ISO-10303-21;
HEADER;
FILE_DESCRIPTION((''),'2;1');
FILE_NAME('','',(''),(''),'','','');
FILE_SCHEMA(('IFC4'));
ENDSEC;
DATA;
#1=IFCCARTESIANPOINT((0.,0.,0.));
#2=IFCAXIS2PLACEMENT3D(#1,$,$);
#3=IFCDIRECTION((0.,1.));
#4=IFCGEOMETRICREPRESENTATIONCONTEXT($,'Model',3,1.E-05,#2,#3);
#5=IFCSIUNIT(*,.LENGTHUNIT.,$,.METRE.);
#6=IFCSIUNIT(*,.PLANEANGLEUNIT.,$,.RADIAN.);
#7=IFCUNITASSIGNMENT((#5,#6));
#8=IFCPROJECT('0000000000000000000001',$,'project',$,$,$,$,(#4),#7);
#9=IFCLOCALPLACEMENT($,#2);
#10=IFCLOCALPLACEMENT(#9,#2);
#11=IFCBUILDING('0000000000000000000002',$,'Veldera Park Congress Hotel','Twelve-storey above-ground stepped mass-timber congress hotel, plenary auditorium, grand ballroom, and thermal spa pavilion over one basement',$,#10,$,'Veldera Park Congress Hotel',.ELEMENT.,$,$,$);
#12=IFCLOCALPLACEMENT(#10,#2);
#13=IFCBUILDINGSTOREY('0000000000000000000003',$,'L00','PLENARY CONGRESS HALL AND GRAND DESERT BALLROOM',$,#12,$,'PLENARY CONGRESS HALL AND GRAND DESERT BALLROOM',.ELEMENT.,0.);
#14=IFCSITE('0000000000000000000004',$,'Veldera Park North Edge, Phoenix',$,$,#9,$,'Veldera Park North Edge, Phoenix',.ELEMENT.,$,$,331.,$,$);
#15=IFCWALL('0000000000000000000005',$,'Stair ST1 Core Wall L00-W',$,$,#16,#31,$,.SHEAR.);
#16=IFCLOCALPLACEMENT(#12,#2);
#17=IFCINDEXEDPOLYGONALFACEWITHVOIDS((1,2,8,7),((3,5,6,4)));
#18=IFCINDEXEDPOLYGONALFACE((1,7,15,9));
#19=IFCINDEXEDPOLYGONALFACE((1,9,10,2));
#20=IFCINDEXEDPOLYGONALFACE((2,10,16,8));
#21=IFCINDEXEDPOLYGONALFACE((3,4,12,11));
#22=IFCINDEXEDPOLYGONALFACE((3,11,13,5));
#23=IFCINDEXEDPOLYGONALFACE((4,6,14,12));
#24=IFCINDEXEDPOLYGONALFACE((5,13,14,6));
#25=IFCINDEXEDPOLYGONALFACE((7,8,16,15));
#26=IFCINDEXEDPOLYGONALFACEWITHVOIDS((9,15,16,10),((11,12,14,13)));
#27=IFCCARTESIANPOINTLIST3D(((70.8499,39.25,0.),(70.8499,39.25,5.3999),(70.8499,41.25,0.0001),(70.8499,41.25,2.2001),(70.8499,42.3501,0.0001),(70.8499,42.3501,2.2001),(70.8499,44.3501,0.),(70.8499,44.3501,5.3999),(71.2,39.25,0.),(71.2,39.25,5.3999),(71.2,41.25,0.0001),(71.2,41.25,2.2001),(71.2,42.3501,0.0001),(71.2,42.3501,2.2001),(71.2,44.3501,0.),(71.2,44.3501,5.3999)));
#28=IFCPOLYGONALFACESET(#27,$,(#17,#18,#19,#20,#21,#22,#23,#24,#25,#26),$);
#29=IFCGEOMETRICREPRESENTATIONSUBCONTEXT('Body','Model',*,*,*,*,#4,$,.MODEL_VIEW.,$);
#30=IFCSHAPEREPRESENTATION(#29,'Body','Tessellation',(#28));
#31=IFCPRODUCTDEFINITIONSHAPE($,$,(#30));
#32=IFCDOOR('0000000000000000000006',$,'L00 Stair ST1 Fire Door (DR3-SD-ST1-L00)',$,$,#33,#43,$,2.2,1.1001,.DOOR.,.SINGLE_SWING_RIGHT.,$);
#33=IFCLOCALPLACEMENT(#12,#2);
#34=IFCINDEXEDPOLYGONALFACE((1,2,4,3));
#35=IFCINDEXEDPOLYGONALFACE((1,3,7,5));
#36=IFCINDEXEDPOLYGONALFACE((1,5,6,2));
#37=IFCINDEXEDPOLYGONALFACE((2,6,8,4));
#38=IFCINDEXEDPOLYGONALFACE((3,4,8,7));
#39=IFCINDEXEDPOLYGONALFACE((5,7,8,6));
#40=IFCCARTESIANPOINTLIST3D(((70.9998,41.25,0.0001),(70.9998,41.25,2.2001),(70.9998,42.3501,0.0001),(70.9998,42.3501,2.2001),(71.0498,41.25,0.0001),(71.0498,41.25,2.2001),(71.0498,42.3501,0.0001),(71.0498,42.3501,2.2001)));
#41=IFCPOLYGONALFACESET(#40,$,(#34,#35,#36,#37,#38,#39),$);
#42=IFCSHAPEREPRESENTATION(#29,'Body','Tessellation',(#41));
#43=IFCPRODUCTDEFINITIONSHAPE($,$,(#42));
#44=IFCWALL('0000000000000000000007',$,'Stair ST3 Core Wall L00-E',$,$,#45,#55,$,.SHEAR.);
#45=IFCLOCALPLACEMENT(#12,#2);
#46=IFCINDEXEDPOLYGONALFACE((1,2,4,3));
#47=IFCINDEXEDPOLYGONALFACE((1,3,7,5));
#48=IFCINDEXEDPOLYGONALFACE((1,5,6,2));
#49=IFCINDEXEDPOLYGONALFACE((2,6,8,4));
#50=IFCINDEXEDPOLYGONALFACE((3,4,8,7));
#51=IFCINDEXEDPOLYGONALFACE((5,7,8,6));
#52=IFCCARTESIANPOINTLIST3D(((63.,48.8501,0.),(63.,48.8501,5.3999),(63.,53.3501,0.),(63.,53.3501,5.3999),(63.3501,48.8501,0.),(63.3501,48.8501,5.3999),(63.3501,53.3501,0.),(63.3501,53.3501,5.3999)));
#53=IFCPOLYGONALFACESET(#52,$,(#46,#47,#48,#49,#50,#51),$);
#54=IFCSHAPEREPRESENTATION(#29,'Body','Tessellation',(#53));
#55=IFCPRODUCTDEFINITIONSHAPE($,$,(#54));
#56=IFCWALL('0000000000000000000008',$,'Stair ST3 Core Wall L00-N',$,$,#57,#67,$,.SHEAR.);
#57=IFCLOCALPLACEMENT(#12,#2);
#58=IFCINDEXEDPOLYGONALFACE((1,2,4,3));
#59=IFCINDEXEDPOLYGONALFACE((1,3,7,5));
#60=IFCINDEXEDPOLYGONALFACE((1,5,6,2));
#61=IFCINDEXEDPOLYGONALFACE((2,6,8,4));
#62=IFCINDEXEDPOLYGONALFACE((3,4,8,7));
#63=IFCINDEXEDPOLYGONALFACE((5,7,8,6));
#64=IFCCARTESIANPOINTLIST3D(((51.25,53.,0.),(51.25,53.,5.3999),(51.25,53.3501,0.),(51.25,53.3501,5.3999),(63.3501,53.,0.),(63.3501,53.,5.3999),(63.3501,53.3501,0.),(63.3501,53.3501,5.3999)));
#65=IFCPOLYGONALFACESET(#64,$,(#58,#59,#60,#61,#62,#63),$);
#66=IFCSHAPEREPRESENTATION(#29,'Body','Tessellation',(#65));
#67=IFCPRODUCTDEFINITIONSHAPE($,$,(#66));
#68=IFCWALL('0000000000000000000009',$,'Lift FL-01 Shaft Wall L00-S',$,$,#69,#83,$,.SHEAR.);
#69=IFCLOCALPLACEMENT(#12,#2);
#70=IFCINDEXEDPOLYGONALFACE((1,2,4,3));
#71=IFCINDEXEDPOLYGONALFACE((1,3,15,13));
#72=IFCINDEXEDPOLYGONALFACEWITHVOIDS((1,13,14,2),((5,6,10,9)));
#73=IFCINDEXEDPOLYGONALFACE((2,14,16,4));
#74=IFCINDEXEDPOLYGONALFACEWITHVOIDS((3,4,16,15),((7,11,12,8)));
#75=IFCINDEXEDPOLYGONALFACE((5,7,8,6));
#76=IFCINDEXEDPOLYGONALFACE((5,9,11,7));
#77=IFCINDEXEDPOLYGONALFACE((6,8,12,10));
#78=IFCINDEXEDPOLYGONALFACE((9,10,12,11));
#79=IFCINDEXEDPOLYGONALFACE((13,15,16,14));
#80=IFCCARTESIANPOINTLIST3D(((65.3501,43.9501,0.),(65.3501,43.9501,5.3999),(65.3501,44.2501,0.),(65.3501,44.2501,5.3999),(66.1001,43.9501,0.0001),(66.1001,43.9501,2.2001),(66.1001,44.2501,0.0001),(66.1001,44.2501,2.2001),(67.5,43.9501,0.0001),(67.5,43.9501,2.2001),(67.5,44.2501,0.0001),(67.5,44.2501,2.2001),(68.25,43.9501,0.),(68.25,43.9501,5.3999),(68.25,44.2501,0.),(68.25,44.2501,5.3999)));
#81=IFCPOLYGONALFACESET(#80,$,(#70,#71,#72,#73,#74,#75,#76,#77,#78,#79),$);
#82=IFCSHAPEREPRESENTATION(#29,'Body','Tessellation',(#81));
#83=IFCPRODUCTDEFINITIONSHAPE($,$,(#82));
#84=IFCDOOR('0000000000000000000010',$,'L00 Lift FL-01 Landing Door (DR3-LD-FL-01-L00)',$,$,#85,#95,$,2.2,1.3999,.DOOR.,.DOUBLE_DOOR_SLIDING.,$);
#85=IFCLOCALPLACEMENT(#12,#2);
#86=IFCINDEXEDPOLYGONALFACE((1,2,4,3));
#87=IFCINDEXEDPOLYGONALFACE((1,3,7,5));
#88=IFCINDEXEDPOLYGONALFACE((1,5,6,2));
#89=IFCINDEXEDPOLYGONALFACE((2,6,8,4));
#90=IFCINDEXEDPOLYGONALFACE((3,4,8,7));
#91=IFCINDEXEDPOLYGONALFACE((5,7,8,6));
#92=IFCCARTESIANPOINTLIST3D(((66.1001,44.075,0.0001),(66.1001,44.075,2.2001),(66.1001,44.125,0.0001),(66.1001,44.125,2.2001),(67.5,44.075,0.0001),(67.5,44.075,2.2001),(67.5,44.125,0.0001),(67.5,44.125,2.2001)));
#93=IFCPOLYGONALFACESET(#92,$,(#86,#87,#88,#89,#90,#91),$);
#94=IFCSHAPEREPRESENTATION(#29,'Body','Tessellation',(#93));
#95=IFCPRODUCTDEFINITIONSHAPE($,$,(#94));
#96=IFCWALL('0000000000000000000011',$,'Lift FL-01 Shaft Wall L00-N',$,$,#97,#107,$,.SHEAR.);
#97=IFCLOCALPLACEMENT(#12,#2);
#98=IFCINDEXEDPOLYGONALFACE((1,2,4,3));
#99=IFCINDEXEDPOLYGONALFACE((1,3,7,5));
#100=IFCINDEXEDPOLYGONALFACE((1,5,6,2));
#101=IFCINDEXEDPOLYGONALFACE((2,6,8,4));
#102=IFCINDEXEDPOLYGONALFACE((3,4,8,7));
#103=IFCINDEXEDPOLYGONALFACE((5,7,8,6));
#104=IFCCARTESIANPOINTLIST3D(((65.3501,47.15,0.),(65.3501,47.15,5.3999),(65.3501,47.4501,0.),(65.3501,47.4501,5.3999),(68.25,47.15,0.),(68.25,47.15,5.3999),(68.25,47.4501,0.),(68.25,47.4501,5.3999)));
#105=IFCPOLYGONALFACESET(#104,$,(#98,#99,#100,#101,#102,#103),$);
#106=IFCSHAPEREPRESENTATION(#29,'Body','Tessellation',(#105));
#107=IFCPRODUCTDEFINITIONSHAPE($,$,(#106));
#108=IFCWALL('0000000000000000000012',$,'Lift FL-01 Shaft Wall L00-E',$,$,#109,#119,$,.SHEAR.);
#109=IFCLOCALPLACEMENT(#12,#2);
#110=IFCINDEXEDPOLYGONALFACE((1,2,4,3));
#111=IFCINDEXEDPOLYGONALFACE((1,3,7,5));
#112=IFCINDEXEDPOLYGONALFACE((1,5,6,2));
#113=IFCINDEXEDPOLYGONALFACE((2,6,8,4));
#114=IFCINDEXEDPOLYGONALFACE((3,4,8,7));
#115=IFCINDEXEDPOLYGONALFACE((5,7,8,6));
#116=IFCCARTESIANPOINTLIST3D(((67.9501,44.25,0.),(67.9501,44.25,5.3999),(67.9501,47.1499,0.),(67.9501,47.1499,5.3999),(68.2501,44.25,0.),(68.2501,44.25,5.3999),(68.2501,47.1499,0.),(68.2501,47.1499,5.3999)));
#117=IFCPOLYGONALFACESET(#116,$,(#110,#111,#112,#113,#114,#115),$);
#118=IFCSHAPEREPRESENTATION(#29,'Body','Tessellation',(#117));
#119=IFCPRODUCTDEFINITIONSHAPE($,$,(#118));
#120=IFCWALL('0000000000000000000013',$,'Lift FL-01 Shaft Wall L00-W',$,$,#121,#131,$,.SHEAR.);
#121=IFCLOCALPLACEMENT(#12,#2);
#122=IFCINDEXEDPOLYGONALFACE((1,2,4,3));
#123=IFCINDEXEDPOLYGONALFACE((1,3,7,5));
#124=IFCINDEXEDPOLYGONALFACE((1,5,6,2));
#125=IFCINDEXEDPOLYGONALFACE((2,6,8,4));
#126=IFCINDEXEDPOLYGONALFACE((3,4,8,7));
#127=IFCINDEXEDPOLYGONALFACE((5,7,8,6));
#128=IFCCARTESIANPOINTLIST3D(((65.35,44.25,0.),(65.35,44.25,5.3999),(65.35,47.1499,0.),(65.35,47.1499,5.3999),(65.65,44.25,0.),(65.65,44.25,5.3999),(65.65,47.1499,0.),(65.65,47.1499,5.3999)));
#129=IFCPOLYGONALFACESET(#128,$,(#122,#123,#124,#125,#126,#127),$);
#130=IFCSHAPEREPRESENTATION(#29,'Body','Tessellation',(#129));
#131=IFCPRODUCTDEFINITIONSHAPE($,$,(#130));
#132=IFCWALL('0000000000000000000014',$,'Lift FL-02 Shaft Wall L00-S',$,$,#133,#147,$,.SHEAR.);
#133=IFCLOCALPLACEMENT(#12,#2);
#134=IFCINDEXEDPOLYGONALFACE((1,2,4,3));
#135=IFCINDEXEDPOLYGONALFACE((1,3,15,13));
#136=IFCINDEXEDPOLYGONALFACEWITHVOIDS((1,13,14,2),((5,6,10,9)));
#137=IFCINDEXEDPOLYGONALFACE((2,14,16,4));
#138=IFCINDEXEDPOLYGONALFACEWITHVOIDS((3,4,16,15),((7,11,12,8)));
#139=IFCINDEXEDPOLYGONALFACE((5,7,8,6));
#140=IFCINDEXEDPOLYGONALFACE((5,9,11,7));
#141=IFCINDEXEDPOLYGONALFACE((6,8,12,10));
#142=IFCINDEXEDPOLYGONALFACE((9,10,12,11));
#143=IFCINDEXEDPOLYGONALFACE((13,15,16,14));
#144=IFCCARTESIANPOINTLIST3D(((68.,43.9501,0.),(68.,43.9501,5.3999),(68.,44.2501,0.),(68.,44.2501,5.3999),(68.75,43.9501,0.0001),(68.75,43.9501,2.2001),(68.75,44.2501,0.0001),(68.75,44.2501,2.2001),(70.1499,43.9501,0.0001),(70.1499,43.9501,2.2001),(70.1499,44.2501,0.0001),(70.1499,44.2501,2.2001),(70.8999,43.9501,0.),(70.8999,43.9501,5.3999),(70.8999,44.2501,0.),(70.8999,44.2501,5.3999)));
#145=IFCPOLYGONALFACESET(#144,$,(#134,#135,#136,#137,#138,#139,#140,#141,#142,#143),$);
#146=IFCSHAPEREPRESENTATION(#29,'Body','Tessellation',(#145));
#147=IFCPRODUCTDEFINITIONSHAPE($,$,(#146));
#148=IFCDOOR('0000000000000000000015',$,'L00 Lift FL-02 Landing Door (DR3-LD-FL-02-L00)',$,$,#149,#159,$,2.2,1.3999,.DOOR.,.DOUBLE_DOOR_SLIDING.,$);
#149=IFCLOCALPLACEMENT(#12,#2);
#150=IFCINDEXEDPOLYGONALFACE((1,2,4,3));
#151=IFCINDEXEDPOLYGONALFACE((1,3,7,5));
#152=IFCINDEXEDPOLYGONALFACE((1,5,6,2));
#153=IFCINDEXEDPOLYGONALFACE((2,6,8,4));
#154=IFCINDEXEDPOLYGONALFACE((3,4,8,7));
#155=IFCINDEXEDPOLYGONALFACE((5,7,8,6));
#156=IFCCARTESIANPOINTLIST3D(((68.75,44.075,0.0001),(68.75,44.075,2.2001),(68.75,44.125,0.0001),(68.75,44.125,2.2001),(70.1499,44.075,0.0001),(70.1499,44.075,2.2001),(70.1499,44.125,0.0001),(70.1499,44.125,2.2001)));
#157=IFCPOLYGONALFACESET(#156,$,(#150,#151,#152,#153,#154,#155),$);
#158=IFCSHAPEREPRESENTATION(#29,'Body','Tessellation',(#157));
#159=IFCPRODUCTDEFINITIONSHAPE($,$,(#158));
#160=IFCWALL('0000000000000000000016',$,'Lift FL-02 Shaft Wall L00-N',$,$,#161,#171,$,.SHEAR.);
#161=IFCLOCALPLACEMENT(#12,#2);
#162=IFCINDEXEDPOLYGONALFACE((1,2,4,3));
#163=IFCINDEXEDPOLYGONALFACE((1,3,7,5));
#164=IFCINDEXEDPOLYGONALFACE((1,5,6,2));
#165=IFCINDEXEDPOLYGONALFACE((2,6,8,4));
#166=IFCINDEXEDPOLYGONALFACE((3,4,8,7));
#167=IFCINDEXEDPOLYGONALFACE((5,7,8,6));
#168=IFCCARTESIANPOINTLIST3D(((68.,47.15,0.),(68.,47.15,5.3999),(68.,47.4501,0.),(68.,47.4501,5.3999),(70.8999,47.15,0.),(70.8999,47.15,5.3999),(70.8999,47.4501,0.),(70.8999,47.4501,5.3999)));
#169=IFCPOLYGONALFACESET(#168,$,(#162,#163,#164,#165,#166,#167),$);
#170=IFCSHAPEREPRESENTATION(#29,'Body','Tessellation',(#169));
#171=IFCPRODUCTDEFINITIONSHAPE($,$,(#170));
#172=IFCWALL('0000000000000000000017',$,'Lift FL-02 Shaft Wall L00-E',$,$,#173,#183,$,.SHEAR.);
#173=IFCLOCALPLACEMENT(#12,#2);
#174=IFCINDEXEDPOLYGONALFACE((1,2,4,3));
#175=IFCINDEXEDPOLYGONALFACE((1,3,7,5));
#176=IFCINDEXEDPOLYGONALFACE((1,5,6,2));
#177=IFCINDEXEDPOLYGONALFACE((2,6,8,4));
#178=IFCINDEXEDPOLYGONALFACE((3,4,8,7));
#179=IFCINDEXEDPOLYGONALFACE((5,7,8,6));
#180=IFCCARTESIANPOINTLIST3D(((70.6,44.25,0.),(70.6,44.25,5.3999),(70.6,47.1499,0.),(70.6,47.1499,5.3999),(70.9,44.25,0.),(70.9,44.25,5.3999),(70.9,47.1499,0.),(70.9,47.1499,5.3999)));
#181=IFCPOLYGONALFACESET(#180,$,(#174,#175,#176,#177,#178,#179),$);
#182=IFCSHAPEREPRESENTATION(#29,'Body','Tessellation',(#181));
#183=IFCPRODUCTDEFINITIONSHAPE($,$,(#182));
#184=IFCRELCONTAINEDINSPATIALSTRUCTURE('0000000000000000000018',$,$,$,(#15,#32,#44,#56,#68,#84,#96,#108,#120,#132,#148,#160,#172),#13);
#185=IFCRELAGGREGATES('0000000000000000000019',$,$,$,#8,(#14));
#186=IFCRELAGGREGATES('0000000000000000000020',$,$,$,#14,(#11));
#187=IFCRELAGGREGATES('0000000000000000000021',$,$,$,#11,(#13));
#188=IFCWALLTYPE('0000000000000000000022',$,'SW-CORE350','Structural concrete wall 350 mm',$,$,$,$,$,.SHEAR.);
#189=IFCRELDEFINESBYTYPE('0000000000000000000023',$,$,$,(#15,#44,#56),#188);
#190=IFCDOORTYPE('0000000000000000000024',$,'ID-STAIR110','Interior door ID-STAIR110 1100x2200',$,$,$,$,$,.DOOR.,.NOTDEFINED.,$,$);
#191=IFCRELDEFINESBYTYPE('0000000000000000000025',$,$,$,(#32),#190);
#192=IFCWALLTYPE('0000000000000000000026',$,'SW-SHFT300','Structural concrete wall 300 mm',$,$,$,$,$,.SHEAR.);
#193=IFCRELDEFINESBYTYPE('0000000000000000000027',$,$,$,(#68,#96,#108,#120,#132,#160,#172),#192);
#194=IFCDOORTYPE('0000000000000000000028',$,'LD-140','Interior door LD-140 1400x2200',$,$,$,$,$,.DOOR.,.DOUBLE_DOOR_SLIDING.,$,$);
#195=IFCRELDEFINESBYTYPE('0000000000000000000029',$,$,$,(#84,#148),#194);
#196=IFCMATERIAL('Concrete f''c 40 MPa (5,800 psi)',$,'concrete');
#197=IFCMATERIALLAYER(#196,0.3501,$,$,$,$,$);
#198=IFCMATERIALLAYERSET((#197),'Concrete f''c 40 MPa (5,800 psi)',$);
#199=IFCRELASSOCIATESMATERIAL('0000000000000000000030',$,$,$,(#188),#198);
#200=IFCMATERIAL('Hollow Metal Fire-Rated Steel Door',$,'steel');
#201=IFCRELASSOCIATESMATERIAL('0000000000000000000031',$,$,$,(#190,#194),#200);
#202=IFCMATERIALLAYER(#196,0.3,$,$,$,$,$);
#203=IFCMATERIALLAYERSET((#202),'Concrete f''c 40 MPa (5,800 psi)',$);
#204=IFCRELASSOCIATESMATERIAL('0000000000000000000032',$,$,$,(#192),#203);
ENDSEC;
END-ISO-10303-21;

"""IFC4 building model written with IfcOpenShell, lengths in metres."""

from ifc_helpers import new_model, si_unit, direction, frame, frame_2d, origin, place, context, subcontext, project, spatial, rectangle, extrude, material, layer, layer_set, type_object, element, fill, save


model = new_model("IFC4")

# Units and contexts
model_context = context("Model", 3, precision=1e-05, world=origin(), true_north=direction((0.0, 1.0)))
body_context = subcontext(model_context, "Body", "Model", "MODEL_VIEW")
ifc_project = project(units=[si_unit("LENGTHUNIT", "METRE"), si_unit("PLANEANGLEUNIT", "RADIAN")], contexts=[model_context])

# Site, building, storey
site_placement = place(None, origin())
site = spatial("IfcSite", under=ifc_project, at=site_placement, Name="Veldera Park North Edge, Phoenix", LongName="Veldera Park North Edge, Phoenix", CompositionType="ELEMENT", RefElevation=331.0)
building_placement = place(site_placement, origin())
building = spatial("IfcBuilding", under=site, at=building_placement, Name="Veldera Park Congress Hotel", Description="Twelve-storey above-ground stepped mass-timber congress hotel, plenary auditorium, grand ballroom, and thermal spa pavilion over one basement", LongName="Veldera Park Congress Hotel", CompositionType="ELEMENT")
storey_placement = place(building_placement, origin())
storey = spatial("IfcBuildingStorey", under=building, at=storey_placement, Name="L00", Description="PLENARY CONGRESS HALL AND GRAND DESERT BALLROOM", LongName="PLENARY CONGRESS HALL AND GRAND DESERT BALLROOM", CompositionType="ELEMENT", Elevation=0.0)

# Wall, opening, door
ifc_material_1 = material(Name="Concrete f'c 40 MPa (5,800 psi)", Category="concrete")
ifc_material_2 = material(Name="Hollow Metal Fire-Rated Steel Door", Category="steel")
ifc_layer_1 = layer(ifc_material_1, 0.3501)
ifc_layer_set_1 = layer_set([ifc_layer_1], Name="Concrete f'c 40 MPa (5,800 psi)")
wall_type_1 = type_object("IfcWallType", Name="SW-CORE350", Description="Structural concrete wall 350 mm", PredefinedType="SHEAR", material=ifc_layer_set_1)
wall_1_placement = place(storey_placement, frame((71.0249, 44.3501, 0.0), z_axis=(0.0, 0.0, 1.0), x_axis=(0.0, -1.0, 0.0)))
wall_1 = element("IfcWall", 1, at=wall_1_placement, inside=storey, type_object=wall_type_1, Name="Stair ST1 Core Wall L00-W", PredefinedType="SHEAR", context=body_context, shape_type="SweptSolid", body=[
    extrude(rectangle(XDim=5.1001, YDim=0.3501, at=frame_2d((2.55, 0.0))), origin(), (0.0, 0.0, 1.0), 5.3999),
])
opening_1_placement = place(wall_1_placement, frame((2.0, 0.0, 0.0)))
opening_1 = element("IfcOpeningElement", 2, at=opening_1_placement, cuts=wall_1, PredefinedType="OPENING", context=body_context, shape_type="SweptSolid", body=[
    extrude(rectangle(XDim=1.1001, YDim=2.2, at=frame_2d((0.55, 1.1001))), frame((0.0, 0.187, 0.0), z_axis=(0.0, -1.0, 0.0), x_axis=(1.0, 0.0, 0.0)), (0.0, 0.0, 1.0), 0.374),
])
door_type_1 = type_object("IfcDoorType", Name="ID-STAIR110", Description="Interior door ID-STAIR110 1100x2200", OperationType="NOTDEFINED", PredefinedType="DOOR", material=ifc_material_2)
door_1_placement = place(opening_1_placement, origin())
door_1 = element("IfcDoor", 3, at=door_1_placement, inside=storey, type_object=door_type_1, Name="L00 Stair ST1 Fire Door (DR3-SD-ST1-L00)", OperationType="SINGLE_SWING_RIGHT", OverallHeight=2.2, OverallWidth=1.1001, PredefinedType="DOOR", context=body_context, shape_type="SweptSolid", body=[
    extrude(rectangle(XDim=1.1001, YDim=2.2, at=frame_2d((0.55, 1.1001))), frame((0.0, 0.0249, 0.0), z_axis=(0.0, -1.0, 0.0), x_axis=(1.0, 0.0, 0.0)), (0.0, 0.0, 1.0), 0.05),
])
fill(opening_1, door_1)

# Walls
wall_2_placement = place(storey_placement, frame((63.175, 48.8501, 0.0), z_axis=(0.0, 0.0, 1.0), x_axis=(0.0, 1.0, 0.0)))
element("IfcWall", 4, at=wall_2_placement, inside=storey, type_object=wall_type_1, Name="Stair ST3 Core Wall L00-E", PredefinedType="SHEAR", context=body_context, shape_type="SweptSolid", body=[
    extrude(rectangle(XDim=4.5, YDim=0.3501, at=frame_2d((2.25, 0.0))), origin(), (0.0, 0.0, 1.0), 5.3999),
])
wall_3_placement = place(storey_placement, frame((63.3501, 53.175, 0.0), z_axis=(0.0, 0.0, 1.0), x_axis=(-1.0, 0.0, 0.0)))
element("IfcWall", 5, at=wall_3_placement, inside=storey, type_object=wall_type_1, Name="Stair ST3 Core Wall L00-N", PredefinedType="SHEAR", context=body_context, shape_type="SweptSolid", body=[
    extrude(rectangle(XDim=12.1001, YDim=0.3501, at=frame_2d((6.05, 0.0))), origin(), (0.0, 0.0, 1.0), 5.3999),
])

# Wall, opening, door
ifc_layer_2 = layer(ifc_material_1, 0.3)
ifc_layer_set_2 = layer_set([ifc_layer_2], Name="Concrete f'c 40 MPa (5,800 psi)")
wall_type_2 = type_object("IfcWallType", Name="SW-SHFT300", Description="Structural concrete wall 300 mm", PredefinedType="SHEAR", material=ifc_layer_set_2)
wall_4_placement = place(storey_placement, frame((65.3501, 44.1001, 0.0), z_axis=(0.0, 0.0, 1.0), x_axis=(1.0, 0.0, 0.0)))
wall_4 = element("IfcWall", 6, at=wall_4_placement, inside=storey, type_object=wall_type_2, Name="Lift FL-01 Shaft Wall L00-S", PredefinedType="SHEAR", context=body_context, shape_type="SweptSolid", body=[
    extrude(rectangle(XDim=2.8999, YDim=0.3, at=frame_2d((1.45, 0.0))), origin(), (0.0, 0.0, 1.0), 5.3999),
])
opening_2_placement = place(wall_4_placement, frame((0.75, 0.0, 0.0)))
opening_2 = element("IfcOpeningElement", 7, at=opening_2_placement, cuts=wall_4, PredefinedType="OPENING", context=body_context, shape_type="SweptSolid", body=[
    extrude(rectangle(XDim=1.3999, YDim=2.2, at=frame_2d((0.7, 1.1001))), frame((0.0, 0.1621, 0.0), z_axis=(0.0, -1.0, 0.0), x_axis=(1.0, 0.0, 0.0)), (0.0, 0.0, 1.0), 0.324),
])
door_type_2 = type_object("IfcDoorType", Name="LD-140", Description="Interior door LD-140 1400x2200", OperationType="DOUBLE_DOOR_SLIDING", PredefinedType="DOOR", material=ifc_material_2)
door_2_placement = place(opening_2_placement, origin())
door_2 = element("IfcDoor", 8, at=door_2_placement, inside=storey, type_object=door_type_2, Name="L00 Lift FL-01 Landing Door (DR3-LD-FL-01-L00)", OperationType="DOUBLE_DOOR_SLIDING", OverallHeight=2.2, OverallWidth=1.3999, PredefinedType="DOOR", context=body_context, shape_type="SweptSolid", body=[
    extrude(rectangle(XDim=1.3999, YDim=2.2, at=frame_2d((0.7, 1.1001))), frame((0.0, 0.0249, 0.0), z_axis=(0.0, -1.0, 0.0), x_axis=(1.0, 0.0, 0.0)), (0.0, 0.0, 1.0), 0.05),
])
fill(opening_2, door_2)

# Walls
for number, where, z_axis, x_axis, name in (
    (9, (68.25, 47.3, 0.0), (0.0, 0.0, 1.0), (-1.0, 0.0, 0.0), "Lift FL-01 Shaft Wall L00-N"),
    (10, (68.1001, 44.25, 0.0), (0.0, 0.0, 1.0), (0.0, 1.0, 0.0), "Lift FL-01 Shaft Wall L00-E"),
    (11, (65.5, 47.1499, 0.0), (0.0, 0.0, 1.0), (0.0, -1.0, 0.0), "Lift FL-01 Shaft Wall L00-W"),
):
    element("IfcWall", number, at=place(storey_placement, frame(where, z_axis=z_axis, x_axis=x_axis)), inside=storey, type_object=wall_type_2, Name=name, PredefinedType="SHEAR", context=body_context, shape_type="SweptSolid", body=[
        extrude(rectangle(XDim=2.8999, YDim=0.3, at=frame_2d((1.45, 0.0))), origin(), (0.0, 0.0, 1.0), 5.3999),
    ])

# Wall, opening, door
wall_5_placement = place(storey_placement, frame((68.0, 44.1001, 0.0), z_axis=(0.0, 0.0, 1.0), x_axis=(1.0, 0.0, 0.0)))
wall_5 = element("IfcWall", 12, at=wall_5_placement, inside=storey, type_object=wall_type_2, Name="Lift FL-02 Shaft Wall L00-S", PredefinedType="SHEAR", context=body_context, shape_type="SweptSolid", body=[
    extrude(rectangle(XDim=2.8999, YDim=0.3, at=frame_2d((1.45, 0.0))), origin(), (0.0, 0.0, 1.0), 5.3999),
])
opening_3_placement = place(wall_5_placement, frame((0.75, 0.0, 0.0)))
opening_3 = element("IfcOpeningElement", 13, at=opening_3_placement, cuts=wall_5, PredefinedType="OPENING", context=body_context, shape_type="SweptSolid", body=[
    extrude(rectangle(XDim=1.3999, YDim=2.2, at=frame_2d((0.7, 1.1001))), frame((0.0, 0.1621, 0.0), z_axis=(0.0, -1.0, 0.0), x_axis=(1.0, 0.0, 0.0)), (0.0, 0.0, 1.0), 0.324),
])
door_3_placement = place(opening_3_placement, origin())
door_3 = element("IfcDoor", 14, at=door_3_placement, inside=storey, type_object=door_type_2, Name="L00 Lift FL-02 Landing Door (DR3-LD-FL-02-L00)", OperationType="DOUBLE_DOOR_SLIDING", OverallHeight=2.2, OverallWidth=1.3999, PredefinedType="DOOR", context=body_context, shape_type="SweptSolid", body=[
    extrude(rectangle(XDim=1.3999, YDim=2.2, at=frame_2d((0.7, 1.1001))), frame((0.0, 0.0249, 0.0), z_axis=(0.0, -1.0, 0.0), x_axis=(1.0, 0.0, 0.0)), (0.0, 0.0, 1.0), 0.05),
])
fill(opening_3, door_3)

# Walls
for number, where, z_axis, x_axis, name in (
    (15, (70.8999, 47.3, 0.0), (0.0, 0.0, 1.0), (-1.0, 0.0, 0.0), "Lift FL-02 Shaft Wall L00-N"),
    (16, (70.75, 44.25, 0.0), (0.0, 0.0, 1.0), (0.0, 1.0, 0.0), "Lift FL-02 Shaft Wall L00-E"),
):
    element("IfcWall", number, at=place(storey_placement, frame(where, z_axis=z_axis, x_axis=x_axis)), inside=storey, type_object=wall_type_2, Name=name, PredefinedType="SHEAR", context=body_context, shape_type="SweptSolid", body=[
        extrude(rectangle(XDim=2.8999, YDim=0.3, at=frame_2d((1.45, 0.0))), origin(), (0.0, 0.0, 1.0), 5.3999),
    ])

save(model, "model.ifc")
